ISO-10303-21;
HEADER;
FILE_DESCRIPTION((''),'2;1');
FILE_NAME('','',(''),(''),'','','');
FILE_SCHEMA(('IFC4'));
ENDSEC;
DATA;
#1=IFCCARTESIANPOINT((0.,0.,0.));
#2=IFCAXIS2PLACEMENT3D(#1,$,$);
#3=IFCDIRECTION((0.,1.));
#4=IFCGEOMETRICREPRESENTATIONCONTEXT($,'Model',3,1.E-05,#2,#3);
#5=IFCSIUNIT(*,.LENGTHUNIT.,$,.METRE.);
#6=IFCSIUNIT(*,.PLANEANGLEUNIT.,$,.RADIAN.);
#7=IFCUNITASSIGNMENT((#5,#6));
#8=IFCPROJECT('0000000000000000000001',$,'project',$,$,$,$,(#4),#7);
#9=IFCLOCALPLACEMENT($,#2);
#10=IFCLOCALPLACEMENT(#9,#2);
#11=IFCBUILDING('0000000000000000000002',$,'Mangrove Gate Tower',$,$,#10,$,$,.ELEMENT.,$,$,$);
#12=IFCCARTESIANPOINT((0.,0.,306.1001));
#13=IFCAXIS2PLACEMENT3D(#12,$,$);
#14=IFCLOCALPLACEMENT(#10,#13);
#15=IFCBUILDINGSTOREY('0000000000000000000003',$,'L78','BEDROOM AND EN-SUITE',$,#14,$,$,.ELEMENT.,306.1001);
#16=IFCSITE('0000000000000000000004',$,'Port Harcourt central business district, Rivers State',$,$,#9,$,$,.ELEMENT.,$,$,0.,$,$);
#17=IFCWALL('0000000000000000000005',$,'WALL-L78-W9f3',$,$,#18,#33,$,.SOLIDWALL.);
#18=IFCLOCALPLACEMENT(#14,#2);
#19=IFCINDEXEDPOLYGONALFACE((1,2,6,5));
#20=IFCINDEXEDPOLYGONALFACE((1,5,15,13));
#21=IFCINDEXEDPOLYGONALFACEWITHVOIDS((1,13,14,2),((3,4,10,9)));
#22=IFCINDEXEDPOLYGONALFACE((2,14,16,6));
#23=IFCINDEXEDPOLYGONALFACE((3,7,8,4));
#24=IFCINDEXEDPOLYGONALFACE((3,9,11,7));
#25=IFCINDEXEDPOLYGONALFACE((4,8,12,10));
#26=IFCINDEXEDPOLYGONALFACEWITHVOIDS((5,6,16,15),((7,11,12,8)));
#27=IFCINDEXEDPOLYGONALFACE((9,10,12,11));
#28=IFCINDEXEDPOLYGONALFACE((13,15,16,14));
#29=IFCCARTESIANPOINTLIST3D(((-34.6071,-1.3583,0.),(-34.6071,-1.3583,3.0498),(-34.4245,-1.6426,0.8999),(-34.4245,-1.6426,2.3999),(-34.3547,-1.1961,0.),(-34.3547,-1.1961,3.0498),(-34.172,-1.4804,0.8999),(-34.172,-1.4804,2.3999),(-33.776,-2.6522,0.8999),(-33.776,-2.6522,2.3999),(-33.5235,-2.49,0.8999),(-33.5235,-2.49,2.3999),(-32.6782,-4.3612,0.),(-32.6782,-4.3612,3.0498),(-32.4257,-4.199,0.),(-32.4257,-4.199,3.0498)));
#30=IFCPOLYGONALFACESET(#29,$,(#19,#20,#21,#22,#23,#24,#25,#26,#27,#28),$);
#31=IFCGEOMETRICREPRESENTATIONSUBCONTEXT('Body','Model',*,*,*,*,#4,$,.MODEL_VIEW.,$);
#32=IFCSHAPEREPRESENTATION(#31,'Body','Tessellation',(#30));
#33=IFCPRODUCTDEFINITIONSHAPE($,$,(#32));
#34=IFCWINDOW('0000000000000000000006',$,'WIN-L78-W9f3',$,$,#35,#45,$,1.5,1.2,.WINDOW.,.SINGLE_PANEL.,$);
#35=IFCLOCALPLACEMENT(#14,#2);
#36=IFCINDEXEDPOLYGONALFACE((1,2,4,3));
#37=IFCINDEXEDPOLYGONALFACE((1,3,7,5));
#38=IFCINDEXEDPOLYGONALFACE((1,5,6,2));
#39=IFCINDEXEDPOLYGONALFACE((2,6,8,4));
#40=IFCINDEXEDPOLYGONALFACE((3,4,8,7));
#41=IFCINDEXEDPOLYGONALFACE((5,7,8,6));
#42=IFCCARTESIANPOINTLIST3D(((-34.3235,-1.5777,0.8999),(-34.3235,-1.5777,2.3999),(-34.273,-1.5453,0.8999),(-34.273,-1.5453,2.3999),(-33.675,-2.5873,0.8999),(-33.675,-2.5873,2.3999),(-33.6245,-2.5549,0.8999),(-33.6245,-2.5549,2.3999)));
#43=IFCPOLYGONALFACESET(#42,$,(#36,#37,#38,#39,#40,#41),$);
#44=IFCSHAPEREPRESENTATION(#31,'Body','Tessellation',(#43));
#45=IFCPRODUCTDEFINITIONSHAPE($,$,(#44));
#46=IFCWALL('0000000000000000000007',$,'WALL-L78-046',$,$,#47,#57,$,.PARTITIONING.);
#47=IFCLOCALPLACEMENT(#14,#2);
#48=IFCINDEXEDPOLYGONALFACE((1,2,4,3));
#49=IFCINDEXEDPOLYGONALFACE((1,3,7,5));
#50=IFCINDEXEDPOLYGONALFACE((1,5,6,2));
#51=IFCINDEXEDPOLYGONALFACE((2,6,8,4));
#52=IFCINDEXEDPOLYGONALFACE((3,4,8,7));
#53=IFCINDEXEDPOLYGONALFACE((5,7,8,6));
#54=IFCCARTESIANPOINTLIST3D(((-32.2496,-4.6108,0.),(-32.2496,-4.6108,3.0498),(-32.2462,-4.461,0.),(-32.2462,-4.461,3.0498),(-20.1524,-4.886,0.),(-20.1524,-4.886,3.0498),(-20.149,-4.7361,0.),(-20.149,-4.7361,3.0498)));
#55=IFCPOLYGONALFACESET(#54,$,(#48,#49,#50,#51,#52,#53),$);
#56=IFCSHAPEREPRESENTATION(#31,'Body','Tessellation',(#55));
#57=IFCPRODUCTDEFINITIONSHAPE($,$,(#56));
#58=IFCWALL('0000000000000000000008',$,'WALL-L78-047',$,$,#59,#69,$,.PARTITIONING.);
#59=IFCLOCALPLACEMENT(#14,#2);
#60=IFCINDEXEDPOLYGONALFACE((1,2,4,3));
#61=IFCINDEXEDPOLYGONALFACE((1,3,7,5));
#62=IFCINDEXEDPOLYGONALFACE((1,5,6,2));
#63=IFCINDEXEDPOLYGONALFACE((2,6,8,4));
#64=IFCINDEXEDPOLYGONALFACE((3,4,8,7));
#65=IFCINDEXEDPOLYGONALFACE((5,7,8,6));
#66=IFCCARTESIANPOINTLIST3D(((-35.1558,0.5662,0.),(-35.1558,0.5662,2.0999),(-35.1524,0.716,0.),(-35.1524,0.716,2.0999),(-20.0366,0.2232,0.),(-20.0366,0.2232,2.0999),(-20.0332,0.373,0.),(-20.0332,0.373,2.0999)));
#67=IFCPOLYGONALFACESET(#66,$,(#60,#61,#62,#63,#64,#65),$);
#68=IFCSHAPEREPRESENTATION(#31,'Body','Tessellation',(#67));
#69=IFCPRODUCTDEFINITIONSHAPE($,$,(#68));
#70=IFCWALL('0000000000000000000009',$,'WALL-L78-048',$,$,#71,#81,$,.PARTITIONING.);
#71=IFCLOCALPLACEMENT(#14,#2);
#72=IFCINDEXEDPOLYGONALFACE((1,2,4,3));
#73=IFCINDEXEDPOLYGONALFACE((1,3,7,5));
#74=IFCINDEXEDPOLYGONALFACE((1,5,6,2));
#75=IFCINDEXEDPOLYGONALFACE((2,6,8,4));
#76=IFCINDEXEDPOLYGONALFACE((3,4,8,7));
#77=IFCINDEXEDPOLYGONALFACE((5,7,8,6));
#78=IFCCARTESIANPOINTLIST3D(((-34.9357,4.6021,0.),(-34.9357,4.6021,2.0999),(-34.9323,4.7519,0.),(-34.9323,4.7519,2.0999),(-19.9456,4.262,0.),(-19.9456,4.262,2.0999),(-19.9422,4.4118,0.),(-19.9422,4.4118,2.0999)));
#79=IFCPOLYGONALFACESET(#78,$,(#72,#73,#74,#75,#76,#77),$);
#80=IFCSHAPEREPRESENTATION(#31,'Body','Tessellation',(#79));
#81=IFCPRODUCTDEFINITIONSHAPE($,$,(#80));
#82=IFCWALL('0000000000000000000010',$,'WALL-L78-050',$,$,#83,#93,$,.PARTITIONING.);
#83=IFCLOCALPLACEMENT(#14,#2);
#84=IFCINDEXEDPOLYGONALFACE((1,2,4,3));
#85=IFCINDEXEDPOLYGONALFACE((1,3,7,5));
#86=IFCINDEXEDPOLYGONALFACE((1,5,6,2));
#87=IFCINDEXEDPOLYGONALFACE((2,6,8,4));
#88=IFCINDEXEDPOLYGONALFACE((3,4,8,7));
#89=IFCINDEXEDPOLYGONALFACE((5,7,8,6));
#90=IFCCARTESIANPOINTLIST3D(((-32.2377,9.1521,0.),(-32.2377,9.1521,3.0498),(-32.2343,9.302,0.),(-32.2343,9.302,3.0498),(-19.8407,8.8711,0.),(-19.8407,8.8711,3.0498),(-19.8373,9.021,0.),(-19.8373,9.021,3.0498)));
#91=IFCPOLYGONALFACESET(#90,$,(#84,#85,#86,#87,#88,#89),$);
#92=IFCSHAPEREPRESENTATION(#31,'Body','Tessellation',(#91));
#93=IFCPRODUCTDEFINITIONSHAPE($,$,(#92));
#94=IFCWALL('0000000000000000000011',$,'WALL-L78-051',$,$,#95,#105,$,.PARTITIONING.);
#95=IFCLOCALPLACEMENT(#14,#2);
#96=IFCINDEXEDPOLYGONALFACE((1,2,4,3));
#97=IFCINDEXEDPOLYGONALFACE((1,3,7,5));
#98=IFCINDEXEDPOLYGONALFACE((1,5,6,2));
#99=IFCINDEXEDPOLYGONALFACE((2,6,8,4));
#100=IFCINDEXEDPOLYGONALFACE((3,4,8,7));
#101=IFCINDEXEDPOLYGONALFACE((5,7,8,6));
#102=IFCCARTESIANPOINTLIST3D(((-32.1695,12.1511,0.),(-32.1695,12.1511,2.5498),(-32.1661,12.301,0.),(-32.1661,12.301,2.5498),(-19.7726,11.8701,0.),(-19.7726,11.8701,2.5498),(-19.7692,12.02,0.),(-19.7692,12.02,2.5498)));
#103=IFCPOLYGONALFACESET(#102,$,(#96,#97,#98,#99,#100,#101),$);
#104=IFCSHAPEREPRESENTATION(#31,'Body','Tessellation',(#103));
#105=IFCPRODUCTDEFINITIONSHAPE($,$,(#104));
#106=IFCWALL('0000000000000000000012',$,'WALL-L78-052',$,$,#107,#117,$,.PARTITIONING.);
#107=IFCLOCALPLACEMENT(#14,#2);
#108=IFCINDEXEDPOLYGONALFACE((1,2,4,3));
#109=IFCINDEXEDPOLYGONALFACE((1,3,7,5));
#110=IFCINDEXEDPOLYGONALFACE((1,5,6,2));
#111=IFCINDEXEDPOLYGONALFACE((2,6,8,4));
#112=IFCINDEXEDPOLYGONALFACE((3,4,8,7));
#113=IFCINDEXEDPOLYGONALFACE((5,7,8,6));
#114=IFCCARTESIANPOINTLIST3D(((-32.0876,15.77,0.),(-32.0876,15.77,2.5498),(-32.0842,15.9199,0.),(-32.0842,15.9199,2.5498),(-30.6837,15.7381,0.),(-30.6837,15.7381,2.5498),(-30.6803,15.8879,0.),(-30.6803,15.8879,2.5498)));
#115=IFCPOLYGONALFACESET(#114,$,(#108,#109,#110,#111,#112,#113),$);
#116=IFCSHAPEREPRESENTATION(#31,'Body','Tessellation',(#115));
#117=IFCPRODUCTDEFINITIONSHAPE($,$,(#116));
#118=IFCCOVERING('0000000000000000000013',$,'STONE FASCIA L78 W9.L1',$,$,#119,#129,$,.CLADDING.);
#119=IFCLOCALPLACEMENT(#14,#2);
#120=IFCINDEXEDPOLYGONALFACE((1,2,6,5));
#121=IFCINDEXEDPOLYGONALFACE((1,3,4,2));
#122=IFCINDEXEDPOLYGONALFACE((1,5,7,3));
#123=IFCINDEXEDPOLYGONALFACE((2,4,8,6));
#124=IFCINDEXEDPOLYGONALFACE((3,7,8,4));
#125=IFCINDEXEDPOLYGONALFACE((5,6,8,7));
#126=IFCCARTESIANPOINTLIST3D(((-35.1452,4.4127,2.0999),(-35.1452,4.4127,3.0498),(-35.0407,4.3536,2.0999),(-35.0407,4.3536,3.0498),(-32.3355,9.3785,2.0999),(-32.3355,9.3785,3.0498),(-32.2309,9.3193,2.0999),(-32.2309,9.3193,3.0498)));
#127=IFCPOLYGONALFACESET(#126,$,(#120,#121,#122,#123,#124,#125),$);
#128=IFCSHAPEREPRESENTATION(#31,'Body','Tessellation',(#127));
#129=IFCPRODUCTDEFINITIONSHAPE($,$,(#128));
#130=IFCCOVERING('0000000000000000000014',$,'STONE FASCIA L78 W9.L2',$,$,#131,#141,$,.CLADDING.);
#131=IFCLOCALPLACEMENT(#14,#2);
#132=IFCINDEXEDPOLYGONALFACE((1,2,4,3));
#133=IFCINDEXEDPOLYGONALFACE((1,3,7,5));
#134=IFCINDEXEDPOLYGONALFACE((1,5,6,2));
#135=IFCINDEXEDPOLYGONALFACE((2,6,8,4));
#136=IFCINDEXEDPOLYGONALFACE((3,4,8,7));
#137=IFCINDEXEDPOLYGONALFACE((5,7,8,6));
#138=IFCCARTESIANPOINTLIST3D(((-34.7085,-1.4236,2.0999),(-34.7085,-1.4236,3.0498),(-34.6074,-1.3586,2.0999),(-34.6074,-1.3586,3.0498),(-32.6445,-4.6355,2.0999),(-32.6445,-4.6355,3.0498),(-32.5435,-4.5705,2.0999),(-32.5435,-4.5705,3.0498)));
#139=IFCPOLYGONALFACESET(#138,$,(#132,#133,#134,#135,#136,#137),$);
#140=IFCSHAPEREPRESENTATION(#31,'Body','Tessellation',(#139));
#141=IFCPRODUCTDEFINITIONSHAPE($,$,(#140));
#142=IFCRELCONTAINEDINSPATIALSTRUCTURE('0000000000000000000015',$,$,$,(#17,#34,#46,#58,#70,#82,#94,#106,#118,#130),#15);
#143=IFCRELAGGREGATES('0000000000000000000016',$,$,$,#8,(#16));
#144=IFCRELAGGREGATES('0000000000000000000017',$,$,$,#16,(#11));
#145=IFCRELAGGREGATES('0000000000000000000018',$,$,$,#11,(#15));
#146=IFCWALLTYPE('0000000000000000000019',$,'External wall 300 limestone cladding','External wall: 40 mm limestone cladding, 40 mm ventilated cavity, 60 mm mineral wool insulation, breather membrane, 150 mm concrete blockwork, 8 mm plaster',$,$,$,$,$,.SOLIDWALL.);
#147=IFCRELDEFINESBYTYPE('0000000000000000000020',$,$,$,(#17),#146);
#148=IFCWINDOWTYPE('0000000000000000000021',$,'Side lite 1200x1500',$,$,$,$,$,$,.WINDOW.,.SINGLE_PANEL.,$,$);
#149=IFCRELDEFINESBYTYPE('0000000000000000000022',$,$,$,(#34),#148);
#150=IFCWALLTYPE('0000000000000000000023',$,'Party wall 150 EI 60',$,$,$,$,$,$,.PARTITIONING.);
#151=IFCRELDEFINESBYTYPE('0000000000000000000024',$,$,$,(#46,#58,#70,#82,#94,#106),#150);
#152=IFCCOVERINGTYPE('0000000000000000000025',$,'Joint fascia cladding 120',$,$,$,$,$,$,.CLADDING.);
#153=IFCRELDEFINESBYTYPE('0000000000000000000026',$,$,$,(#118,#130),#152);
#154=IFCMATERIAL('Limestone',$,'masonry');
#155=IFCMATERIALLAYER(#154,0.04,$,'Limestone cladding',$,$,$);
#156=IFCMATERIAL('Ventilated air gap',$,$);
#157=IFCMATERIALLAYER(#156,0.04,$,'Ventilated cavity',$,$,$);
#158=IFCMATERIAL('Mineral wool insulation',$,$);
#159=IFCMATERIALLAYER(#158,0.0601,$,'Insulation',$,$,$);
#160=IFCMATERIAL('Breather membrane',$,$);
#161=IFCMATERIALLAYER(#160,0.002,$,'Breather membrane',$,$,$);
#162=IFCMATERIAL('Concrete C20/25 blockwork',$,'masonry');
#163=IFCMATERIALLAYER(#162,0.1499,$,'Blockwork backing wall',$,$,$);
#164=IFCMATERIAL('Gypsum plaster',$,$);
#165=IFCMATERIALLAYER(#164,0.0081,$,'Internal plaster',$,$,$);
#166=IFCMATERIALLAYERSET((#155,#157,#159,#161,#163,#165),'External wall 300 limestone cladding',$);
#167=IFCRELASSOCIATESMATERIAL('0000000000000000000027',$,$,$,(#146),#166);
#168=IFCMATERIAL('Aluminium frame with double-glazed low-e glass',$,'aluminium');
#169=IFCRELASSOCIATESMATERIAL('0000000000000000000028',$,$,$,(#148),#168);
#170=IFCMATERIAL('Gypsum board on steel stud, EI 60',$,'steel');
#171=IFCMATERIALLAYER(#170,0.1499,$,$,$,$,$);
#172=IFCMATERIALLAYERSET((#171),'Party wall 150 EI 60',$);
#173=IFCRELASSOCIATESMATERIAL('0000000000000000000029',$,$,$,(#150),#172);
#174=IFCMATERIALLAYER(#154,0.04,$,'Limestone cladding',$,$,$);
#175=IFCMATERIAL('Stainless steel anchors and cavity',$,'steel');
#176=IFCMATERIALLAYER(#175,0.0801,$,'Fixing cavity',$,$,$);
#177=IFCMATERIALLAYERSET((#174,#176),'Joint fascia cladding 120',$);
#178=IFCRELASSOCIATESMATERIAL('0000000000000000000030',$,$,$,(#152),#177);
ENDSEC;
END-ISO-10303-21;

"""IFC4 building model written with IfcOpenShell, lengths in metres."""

from ifc_helpers import new_model, si_unit, direction, frame, frame_2d, origin, place, context, subcontext, project, spatial, rectangle, extrude, material, layer, layer_set, type_object, element, fill, save


model = new_model("IFC4")

# Units and contexts
model_context = context("Model", 3, precision=1e-05, world=origin(), true_north=direction((0.0, 1.0)))
body_context = subcontext(model_context, "Body", "Model", "MODEL_VIEW")
ifc_project = project(units=[si_unit("LENGTHUNIT", "METRE"), si_unit("PLANEANGLEUNIT", "RADIAN")], contexts=[model_context])

# Site, building, storey
site_placement = place(None, origin())
site = spatial("IfcSite", under=ifc_project, at=site_placement, Name="Port Harcourt central business district, Rivers State", CompositionType="ELEMENT", RefElevation=0.0)
building_placement = place(site_placement, origin())
building = spatial("IfcBuilding", under=site, at=building_placement, Name="Mangrove Gate Tower", CompositionType="ELEMENT")
storey_placement = place(building_placement, frame((0.0, 0.0, 306.1001)))
storey = spatial("IfcBuildingStorey", under=building, at=storey_placement, Name="L78", Description="BEDROOM AND EN-SUITE", CompositionType="ELEMENT", Elevation=306.1001)

# Wall, opening, window
ifc_material_1 = material(Name="Limestone", Category="masonry")
ifc_layer_1 = layer(ifc_material_1, 0.04, Name="Limestone cladding")
ifc_material_2 = material(Name="Ventilated air gap")
ifc_layer_2 = layer(ifc_material_2, 0.04, Name="Ventilated cavity")
ifc_material_3 = material(Name="Mineral wool insulation")
ifc_layer_3 = layer(ifc_material_3, 0.0601, Name="Insulation")
ifc_material_4 = material(Name="Breather membrane")
ifc_layer_4 = layer(ifc_material_4, 0.002, Name="Breather membrane")
ifc_material_5 = material(Name="Concrete C20/25 blockwork", Category="masonry")
ifc_layer_5 = layer(ifc_material_5, 0.1499, Name="Blockwork backing wall")
ifc_material_6 = material(Name="Gypsum plaster")
ifc_layer_6 = layer(ifc_material_6, 0.0081, Name="Internal plaster")
ifc_layer_set_1 = layer_set([ifc_layer_1, ifc_layer_2, ifc_layer_3, ifc_layer_4, ifc_layer_5, ifc_layer_6], Name="External wall 300 limestone cladding")
wall_type_1 = type_object("IfcWallType", Name="External wall 300 limestone cladding", Description="External wall: 40 mm limestone cladding, 40 mm ventilated cavity, 60 mm mineral wool insulation, breather membrane, 150 mm concrete blockwork, 8 mm plaster", PredefinedType="SOLIDWALL", material=ifc_layer_set_1)
ifc_material_7 = material(Name="Aluminium frame with double-glazed low-e glass", Category="aluminium")
window_type_1 = type_object("IfcWindowType", Name="Side lite 1200x1500", PartitioningType="SINGLE_PANEL", PredefinedType="WINDOW", material=ifc_material_7)
wall_1_placement = place(storey_placement, frame((-34.481, -1.2771, 0.0), z_axis=(0.0, 0.0, 1.0), x_axis=(0.54046, -0.84137, 0.0)))
wall_1 = element("IfcWall", 1, at=wall_1_placement, inside=storey, type_object=wall_type_1, Name="WALL-L78-W9f3", PredefinedType="SOLIDWALL", context=body_context, shape_type="SweptSolid", body=[
    extrude(rectangle(XDim=3.5691, YDim=0.3, at=frame_2d((1.7847, 0.0))), origin(), (0.0, 0.0, 1.0), 3.0498),
])
opening_1_placement = place(wall_1_placement, frame((0.3379, 0.0, 0.8999)))
opening_1 = element("IfcOpeningElement", 2, at=opening_1_placement, cuts=wall_1, PredefinedType="OPENING", context=body_context, shape_type="SweptSolid", body=[
    extrude(rectangle(XDim=1.2, YDim=1.5, at=frame_2d((0.6001, 0.75))), frame((0.0, 0.1599, 0.0), z_axis=(0.0, -1.0, 0.0), x_axis=(1.0, 0.0, 0.0)), (0.0, 0.0, 1.0), 0.3201),
])
window_1_placement = place(opening_1_placement, origin())
window_1 = element("IfcWindow", 3, at=window_1_placement, inside=storey, type_object=window_type_1, Name="WIN-L78-W9f3", OverallHeight=1.5, OverallWidth=1.2, PartitioningType="SINGLE_PANEL", PredefinedType="WINDOW", context=body_context, shape_type="SweptSolid", body=[
    extrude(rectangle(XDim=1.2, YDim=1.5, at=frame_2d((0.6001, 0.75))), frame((0.0, 0.03, 0.0), z_axis=(0.0, -1.0, 0.0), x_axis=(1.0, 0.0, 0.0)), (0.0, 0.0, 1.0), 0.0601),
])
fill(opening_1, window_1)

# Walls
ifc_material_8 = material(Name="Gypsum board on steel stud, EI 60", Category="steel")
ifc_layer_7 = layer(ifc_material_8, 0.1499)
ifc_layer_set_2 = layer_set([ifc_layer_7], Name="Party wall 150 EI 60")
wall_type_2 = type_object("IfcWallType", Name="Party wall 150 EI 60", PredefinedType="PARTITIONING", material=ifc_layer_set_2)
wall_2_placement = place(storey_placement, frame((-32.248, -4.5359, 0.0), z_axis=(0.0, 0.0, 1.0), x_axis=(0.999741, -0.022739, 0.0)))
element("IfcWall", 4, at=wall_2_placement, inside=storey, type_object=wall_type_2, Name="WALL-L78-046", PredefinedType="PARTITIONING", context=body_context, shape_type="SweptSolid", body=[
    extrude(rectangle(XDim=12.1003, YDim=0.1499, at=frame_2d((6.0503, 0.0))), origin(), (0.0, 0.0, 1.0), 3.0498),
])
wall_3_placement = place(storey_placement, frame((-35.1541, 0.6411, 0.0), z_axis=(0.0, 0.0, 1.0), x_axis=(0.999743, -0.022682, 0.0)))
element("IfcWall", 5, at=wall_3_placement, inside=storey, type_object=wall_type_2, Name="WALL-L78-047", PredefinedType="PARTITIONING", context=body_context, shape_type="SweptSolid", body=[
    extrude(rectangle(XDim=15.123, YDim=0.1499, at=frame_2d((7.5615, 0.0))), origin(), (0.0, 0.0, 1.0), 2.0999),
])
wall_4_placement = place(storey_placement, frame((-34.9341, 4.677, 0.0), z_axis=(0.0, 0.0, 1.0), x_axis=(0.999743, -0.022682, 0.0)))
element("IfcWall", 6, at=wall_4_placement, inside=storey, type_object=wall_type_2, Name="WALL-L78-048", PredefinedType="PARTITIONING", context=body_context, shape_type="SweptSolid", body=[
    extrude(rectangle(XDim=14.9939, YDim=0.1499, at=frame_2d((7.4971, 0.0))), origin(), (0.0, 0.0, 1.0), 2.0999),
])
wall_5_placement = place(storey_placement, frame((-32.2361, 9.2271, 0.0), z_axis=(0.0, 0.0, 1.0), x_axis=(0.999743, -0.022661, 0.0)))
element("IfcWall", 7, at=wall_5_placement, inside=storey, type_object=wall_type_2, Name="WALL-L78-050", PredefinedType="PARTITIONING", context=body_context, shape_type="SweptSolid", body=[
    extrude(rectangle(XDim=12.4001, YDim=0.1499, at=frame_2d((6.2002, 0.0))), origin(), (0.0, 0.0, 1.0), 3.0498),
])
wall_6_placement = place(storey_placement, frame((-32.168, 12.2261, 0.0), z_axis=(0.0, 0.0, 1.0), x_axis=(0.999743, -0.022661, 0.0)))
element("IfcWall", 8, at=wall_6_placement, inside=storey, type_object=wall_type_2, Name="WALL-L78-051", PredefinedType="PARTITIONING", context=body_context, shape_type="SweptSolid", body=[
    extrude(rectangle(XDim=12.4001, YDim=0.1499, at=frame_2d((6.2002, 0.0))), origin(), (0.0, 0.0, 1.0), 2.5498),
])
wall_7_placement = place(storey_placement, frame((-32.0859, 15.845, 0.0), z_axis=(0.0, 0.0, 1.0), x_axis=(0.999741, -0.022773, 0.0)))
element("IfcWall", 9, at=wall_7_placement, inside=storey, type_object=wall_type_2, Name="WALL-L78-052", PredefinedType="PARTITIONING", context=body_context, shape_type="SweptSolid", body=[
    extrude(rectangle(XDim=1.4043, YDim=0.1499, at=frame_2d((0.7021, 0.0))), origin(), (0.0, 0.0, 1.0), 2.5498),
])

# Coverings
ifc_layer_8 = layer(ifc_material_1, 0.04, Name="Limestone cladding")
ifc_material_9 = material(Name="Stainless steel anchors and cavity", Category="steel")
ifc_layer_9 = layer(ifc_material_9, 0.0801, Name="Fixing cavity")
ifc_layer_set_3 = layer_set([ifc_layer_8, ifc_layer_9], Name="Joint fascia cladding 120")
covering_type = type_object("IfcCoveringType", Name="Joint fascia cladding 120", PredefinedType="CLADDING", material=ifc_layer_set_3)
covering_1_placement = place(storey_placement, frame((-32.2832, 9.3489, 2.0999), z_axis=(0.0, 0.0, 1.0), x_axis=(-0.492462, -0.870334, 0.0)))
element("IfcCovering", 10, at=covering_1_placement, inside=storey, type_object=covering_type, Name="STONE FASCIA L78 W9.L1", PredefinedType="CLADDING", context=body_context, shape_type="SweptSolid", body=[
    extrude(rectangle(XDim=5.7056, YDim=0.1201, at=frame_2d((2.8528, 0.0))), origin(), (0.0, 0.0, 1.0), 0.95),
])
covering_2_placement = place(storey_placement, frame((-34.658, -1.3911, 2.0999), z_axis=(0.0, 0.0, 1.0), x_axis=(0.540602, -0.841278, 0.0)))
element("IfcCovering", 11, at=covering_2_placement, inside=storey, type_object=covering_type, Name="STONE FASCIA L78 W9.L2", PredefinedType="CLADDING", context=body_context, shape_type="SweptSolid", body=[
    extrude(rectangle(XDim=3.8179, YDim=0.1201, at=frame_2d((1.9089, 0.0))), origin(), (0.0, 0.0, 1.0), 0.95),
])

save(model, "model.ifc")
